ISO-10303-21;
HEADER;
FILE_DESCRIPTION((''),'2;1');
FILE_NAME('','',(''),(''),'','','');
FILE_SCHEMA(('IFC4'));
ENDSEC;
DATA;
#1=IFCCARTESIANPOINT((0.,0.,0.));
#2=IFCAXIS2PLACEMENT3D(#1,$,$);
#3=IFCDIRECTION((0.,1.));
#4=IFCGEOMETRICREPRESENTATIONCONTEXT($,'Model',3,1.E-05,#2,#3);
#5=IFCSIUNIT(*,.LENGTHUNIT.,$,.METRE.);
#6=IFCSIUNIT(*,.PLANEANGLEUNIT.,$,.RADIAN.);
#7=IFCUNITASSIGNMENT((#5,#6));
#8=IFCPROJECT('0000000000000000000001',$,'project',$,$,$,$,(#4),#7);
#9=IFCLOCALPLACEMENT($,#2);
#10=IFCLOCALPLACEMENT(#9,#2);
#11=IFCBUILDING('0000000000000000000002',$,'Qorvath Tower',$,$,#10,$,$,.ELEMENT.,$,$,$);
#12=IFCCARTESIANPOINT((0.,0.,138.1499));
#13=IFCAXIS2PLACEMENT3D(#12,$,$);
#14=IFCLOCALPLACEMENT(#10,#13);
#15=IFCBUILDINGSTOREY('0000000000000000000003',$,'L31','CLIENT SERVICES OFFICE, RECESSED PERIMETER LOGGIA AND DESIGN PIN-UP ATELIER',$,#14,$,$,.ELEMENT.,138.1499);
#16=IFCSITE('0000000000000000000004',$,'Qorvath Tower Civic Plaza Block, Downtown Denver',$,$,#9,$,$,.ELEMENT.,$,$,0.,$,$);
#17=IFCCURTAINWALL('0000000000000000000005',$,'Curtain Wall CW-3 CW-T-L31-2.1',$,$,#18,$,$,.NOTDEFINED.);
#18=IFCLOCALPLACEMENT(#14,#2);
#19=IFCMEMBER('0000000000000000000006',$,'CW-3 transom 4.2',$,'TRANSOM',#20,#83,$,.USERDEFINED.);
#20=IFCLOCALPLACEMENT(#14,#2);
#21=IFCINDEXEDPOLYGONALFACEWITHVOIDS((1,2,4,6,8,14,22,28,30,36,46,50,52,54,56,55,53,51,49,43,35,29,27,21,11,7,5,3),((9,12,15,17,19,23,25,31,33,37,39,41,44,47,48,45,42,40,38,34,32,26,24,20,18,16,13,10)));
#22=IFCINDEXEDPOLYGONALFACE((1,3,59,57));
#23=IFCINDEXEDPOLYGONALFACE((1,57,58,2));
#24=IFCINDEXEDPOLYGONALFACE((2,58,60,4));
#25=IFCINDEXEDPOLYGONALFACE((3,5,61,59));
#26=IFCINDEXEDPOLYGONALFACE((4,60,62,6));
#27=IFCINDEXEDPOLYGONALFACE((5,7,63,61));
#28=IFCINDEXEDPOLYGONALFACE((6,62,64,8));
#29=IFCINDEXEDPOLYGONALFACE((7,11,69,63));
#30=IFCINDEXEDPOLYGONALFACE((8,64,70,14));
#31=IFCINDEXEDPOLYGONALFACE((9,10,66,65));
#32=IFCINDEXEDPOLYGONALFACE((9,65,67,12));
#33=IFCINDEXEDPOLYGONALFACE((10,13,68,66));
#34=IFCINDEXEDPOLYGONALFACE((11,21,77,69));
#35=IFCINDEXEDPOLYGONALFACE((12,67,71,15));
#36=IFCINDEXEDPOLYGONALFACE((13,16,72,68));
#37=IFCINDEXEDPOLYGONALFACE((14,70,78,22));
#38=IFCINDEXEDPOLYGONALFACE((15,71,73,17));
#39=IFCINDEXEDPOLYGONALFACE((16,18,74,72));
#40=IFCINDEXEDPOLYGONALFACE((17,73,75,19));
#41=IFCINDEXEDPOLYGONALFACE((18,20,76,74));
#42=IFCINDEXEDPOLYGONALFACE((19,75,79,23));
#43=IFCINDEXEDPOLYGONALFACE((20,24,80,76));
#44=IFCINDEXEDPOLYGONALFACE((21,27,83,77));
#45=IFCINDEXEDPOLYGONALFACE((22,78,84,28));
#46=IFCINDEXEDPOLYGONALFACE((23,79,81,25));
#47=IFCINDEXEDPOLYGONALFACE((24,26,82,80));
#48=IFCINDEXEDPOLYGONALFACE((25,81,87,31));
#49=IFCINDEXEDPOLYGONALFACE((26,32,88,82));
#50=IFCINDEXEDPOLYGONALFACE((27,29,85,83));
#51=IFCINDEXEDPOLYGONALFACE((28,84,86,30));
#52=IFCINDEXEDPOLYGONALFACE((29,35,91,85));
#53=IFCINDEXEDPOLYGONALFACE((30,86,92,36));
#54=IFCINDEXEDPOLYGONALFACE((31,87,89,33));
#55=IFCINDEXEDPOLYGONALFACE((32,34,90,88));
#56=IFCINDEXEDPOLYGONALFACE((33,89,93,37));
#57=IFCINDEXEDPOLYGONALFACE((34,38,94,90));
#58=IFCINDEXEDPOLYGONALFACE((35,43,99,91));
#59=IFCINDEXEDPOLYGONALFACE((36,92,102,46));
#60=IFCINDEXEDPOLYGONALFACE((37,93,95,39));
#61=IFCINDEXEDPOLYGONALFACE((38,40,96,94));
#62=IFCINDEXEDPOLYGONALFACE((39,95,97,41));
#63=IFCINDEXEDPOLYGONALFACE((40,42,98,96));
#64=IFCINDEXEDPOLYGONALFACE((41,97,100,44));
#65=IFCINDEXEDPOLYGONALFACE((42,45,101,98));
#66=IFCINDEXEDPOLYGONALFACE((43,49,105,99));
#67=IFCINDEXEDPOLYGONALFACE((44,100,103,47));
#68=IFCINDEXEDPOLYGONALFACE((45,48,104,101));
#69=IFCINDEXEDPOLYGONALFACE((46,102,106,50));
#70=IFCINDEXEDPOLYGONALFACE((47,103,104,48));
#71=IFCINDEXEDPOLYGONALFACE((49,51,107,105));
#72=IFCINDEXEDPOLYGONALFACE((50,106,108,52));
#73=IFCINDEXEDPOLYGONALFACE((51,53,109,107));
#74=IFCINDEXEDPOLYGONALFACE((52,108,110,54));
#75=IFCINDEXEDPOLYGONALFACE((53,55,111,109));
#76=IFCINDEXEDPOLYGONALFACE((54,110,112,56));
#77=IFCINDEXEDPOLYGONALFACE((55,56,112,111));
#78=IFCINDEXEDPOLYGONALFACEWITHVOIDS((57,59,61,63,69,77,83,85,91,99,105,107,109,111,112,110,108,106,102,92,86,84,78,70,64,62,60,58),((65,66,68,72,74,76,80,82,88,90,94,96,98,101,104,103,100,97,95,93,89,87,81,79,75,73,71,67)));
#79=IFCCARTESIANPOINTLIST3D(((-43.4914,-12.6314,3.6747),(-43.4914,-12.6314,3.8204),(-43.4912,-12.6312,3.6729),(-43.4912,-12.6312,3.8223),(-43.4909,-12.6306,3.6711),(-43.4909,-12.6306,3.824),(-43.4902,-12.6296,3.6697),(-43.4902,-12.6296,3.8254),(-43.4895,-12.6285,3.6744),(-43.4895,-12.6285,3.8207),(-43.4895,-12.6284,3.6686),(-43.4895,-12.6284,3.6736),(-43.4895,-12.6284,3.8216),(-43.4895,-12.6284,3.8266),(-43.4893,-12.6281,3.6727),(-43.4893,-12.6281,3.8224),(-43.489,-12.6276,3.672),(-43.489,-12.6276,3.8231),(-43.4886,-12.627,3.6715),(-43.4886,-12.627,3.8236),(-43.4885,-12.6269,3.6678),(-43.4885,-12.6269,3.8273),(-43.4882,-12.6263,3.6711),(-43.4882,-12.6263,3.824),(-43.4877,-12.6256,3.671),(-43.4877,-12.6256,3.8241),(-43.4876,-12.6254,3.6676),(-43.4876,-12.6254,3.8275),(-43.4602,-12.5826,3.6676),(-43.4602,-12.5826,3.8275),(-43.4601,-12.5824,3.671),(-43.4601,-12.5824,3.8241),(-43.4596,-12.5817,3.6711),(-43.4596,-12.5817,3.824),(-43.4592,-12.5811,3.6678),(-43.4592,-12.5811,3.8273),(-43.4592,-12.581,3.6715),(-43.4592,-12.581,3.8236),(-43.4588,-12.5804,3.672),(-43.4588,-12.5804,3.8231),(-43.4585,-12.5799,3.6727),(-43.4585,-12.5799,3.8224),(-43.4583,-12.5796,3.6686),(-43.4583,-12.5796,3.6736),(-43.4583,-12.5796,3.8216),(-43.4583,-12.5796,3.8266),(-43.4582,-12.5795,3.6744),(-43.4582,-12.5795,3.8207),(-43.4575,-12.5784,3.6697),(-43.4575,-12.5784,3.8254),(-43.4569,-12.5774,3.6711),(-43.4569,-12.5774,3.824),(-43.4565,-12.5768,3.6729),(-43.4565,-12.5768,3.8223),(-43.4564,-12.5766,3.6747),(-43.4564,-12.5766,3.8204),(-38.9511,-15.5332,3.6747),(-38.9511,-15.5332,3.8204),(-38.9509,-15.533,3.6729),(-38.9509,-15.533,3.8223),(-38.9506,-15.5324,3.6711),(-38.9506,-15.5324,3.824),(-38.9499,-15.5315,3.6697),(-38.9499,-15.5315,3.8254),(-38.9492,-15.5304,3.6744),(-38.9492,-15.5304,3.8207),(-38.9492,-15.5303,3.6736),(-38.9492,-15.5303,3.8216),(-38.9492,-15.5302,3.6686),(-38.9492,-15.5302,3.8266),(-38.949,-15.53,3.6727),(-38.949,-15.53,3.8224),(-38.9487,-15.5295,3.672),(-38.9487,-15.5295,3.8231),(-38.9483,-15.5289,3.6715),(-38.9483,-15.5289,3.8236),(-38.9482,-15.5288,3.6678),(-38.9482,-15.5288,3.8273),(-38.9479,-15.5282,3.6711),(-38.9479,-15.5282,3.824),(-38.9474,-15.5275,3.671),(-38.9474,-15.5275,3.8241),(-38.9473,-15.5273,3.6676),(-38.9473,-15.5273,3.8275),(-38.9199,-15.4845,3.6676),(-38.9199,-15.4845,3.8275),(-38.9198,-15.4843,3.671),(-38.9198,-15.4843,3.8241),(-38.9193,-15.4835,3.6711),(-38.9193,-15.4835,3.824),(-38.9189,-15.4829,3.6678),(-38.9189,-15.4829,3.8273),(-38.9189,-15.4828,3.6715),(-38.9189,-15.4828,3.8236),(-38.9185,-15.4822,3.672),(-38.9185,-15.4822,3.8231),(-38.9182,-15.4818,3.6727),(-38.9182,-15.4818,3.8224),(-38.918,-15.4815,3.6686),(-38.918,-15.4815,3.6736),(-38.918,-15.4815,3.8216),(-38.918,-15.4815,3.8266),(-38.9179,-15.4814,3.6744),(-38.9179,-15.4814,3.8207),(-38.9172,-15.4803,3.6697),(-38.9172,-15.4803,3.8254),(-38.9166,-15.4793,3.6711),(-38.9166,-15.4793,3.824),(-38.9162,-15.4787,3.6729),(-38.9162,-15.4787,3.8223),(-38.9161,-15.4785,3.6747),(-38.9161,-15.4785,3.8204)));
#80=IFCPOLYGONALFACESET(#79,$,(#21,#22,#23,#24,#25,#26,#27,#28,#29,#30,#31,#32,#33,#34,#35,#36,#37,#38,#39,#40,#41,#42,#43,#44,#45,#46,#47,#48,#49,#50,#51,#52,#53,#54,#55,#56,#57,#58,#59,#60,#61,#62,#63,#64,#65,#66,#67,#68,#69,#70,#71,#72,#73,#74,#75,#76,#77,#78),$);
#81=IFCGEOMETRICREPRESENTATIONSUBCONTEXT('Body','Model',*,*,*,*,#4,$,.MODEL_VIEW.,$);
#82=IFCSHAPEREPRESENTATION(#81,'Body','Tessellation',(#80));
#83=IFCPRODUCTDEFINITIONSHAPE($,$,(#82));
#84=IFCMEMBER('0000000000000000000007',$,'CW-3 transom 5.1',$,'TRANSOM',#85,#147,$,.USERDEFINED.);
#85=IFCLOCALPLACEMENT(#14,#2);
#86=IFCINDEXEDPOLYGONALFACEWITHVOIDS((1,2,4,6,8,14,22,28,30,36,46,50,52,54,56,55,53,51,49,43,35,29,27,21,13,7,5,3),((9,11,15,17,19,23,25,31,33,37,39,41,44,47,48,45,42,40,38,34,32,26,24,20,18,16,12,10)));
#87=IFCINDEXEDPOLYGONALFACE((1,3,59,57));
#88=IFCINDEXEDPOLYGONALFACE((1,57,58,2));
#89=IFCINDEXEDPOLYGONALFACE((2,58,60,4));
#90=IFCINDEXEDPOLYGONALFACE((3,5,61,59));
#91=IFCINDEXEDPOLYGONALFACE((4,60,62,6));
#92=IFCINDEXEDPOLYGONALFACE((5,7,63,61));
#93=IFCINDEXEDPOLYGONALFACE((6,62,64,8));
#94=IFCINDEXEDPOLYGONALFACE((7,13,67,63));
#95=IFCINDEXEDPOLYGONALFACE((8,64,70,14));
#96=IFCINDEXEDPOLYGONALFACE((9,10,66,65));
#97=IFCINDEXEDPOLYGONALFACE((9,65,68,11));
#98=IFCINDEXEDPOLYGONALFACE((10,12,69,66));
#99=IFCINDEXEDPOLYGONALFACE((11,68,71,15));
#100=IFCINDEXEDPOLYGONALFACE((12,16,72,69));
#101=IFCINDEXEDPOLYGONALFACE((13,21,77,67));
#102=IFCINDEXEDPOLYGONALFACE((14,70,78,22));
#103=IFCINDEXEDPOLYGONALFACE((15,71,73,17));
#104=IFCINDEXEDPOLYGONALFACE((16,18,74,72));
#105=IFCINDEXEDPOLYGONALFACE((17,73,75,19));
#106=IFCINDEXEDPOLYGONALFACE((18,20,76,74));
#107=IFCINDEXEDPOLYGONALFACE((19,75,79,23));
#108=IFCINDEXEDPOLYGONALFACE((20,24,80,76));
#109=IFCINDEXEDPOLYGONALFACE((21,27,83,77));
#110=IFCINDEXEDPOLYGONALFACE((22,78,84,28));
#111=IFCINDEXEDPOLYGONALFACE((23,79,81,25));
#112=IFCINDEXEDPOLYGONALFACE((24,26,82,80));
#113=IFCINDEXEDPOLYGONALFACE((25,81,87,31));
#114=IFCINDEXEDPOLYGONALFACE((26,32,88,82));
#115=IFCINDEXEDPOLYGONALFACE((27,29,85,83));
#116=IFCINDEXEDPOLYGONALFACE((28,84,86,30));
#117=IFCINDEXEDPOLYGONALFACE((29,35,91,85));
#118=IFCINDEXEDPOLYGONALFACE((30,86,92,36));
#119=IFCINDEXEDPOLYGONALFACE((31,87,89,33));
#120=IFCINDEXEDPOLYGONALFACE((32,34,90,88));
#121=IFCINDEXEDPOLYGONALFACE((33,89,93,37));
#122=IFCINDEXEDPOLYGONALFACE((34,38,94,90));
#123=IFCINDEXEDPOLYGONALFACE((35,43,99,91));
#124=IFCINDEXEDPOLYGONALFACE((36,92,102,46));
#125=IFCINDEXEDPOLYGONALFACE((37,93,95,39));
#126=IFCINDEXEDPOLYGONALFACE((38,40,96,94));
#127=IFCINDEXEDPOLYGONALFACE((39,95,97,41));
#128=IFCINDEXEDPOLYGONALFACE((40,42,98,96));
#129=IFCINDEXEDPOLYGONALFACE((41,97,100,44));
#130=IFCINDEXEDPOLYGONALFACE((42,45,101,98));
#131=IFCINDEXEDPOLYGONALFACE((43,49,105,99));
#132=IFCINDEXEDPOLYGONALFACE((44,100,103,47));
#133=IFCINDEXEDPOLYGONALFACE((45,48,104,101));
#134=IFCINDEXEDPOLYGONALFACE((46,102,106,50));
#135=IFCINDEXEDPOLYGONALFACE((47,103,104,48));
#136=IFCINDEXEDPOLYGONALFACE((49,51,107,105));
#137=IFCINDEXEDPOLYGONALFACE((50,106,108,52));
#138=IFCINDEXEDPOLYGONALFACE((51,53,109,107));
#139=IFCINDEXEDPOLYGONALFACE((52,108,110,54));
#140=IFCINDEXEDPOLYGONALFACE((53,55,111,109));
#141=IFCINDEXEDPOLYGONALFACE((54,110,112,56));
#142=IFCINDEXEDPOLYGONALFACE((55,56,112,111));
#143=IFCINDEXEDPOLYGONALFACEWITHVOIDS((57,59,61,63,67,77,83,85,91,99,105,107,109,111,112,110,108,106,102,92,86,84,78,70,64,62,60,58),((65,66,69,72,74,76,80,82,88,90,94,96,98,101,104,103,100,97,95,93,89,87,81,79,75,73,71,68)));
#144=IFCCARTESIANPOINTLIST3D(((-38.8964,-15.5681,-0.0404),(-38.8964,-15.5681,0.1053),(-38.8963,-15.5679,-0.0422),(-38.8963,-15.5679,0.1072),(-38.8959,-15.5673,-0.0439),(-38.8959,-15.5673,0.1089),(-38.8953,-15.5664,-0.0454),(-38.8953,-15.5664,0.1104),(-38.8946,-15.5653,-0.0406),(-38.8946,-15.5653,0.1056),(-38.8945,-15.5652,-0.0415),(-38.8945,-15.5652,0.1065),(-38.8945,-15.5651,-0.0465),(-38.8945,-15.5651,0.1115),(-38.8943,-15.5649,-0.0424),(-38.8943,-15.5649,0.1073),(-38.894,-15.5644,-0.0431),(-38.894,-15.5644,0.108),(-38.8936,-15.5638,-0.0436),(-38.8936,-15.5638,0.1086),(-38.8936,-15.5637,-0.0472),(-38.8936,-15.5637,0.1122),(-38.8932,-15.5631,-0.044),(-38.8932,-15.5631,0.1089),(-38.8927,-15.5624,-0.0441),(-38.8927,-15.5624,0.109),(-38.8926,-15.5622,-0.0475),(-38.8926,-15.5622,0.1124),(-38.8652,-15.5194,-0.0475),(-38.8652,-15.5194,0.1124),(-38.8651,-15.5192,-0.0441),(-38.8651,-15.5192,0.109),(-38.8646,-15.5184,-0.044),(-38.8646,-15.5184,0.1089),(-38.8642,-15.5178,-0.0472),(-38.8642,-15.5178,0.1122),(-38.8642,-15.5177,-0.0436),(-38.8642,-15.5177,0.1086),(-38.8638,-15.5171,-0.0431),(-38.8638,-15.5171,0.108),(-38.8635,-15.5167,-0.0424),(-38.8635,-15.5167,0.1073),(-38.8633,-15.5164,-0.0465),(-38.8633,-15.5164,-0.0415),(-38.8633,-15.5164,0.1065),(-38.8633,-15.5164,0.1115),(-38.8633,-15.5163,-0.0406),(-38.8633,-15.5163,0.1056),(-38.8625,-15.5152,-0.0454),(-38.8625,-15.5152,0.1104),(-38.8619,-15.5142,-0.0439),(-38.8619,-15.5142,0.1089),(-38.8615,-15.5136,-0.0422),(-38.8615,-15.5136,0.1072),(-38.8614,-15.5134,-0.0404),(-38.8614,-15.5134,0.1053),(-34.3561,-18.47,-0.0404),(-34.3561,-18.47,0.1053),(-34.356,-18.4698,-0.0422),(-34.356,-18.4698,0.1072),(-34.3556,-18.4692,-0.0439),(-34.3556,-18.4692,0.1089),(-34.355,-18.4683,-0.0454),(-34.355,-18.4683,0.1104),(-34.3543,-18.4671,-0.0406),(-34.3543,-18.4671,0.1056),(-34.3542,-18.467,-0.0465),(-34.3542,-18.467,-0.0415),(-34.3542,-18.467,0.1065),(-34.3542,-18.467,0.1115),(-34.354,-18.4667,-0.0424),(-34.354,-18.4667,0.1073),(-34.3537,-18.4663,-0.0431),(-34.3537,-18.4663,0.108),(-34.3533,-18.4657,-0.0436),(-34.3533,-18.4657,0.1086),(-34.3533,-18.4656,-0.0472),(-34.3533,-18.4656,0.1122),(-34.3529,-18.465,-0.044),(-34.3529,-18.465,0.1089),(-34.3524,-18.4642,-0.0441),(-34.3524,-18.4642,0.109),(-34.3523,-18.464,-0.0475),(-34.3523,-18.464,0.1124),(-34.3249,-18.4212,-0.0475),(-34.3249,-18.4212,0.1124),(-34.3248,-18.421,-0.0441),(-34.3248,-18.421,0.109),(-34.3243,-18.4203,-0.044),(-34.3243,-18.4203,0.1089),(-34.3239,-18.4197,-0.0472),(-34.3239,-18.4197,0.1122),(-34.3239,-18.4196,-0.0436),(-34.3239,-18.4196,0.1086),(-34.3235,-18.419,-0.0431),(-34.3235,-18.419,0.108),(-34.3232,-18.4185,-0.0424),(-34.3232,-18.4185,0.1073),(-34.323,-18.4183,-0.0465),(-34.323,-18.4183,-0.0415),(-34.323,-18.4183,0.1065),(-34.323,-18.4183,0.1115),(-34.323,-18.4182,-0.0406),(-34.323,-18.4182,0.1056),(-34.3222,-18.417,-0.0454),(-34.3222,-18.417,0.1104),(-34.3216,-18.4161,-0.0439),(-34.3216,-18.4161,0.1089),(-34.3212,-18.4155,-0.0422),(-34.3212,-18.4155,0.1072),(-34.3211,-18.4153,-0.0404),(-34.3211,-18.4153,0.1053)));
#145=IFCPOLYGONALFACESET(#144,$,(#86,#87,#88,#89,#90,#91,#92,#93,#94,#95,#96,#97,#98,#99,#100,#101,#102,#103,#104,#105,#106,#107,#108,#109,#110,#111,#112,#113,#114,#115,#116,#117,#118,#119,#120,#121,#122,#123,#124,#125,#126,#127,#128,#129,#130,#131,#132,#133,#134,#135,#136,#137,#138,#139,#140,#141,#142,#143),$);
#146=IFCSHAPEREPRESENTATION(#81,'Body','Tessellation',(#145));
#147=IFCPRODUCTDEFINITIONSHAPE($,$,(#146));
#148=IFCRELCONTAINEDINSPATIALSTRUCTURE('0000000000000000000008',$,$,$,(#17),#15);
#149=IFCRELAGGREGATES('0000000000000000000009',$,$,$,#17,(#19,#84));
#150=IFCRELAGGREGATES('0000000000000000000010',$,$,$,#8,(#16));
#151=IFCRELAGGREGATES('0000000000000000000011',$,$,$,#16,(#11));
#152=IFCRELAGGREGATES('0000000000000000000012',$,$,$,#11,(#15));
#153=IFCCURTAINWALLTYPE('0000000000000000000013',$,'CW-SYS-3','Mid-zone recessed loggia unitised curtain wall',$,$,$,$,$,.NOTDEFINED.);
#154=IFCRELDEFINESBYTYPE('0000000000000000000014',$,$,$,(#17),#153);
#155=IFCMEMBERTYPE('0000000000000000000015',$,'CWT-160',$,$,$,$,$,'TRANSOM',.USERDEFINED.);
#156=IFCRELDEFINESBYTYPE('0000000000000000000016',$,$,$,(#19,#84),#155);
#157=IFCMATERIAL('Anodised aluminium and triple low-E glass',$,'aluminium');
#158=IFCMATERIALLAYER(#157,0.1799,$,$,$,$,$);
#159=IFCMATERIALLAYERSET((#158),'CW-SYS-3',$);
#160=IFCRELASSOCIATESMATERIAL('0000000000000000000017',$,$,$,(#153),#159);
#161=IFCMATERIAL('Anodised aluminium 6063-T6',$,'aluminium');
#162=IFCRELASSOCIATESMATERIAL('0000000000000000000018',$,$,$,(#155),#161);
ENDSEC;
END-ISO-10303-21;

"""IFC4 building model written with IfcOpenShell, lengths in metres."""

from ifc_helpers import new_model, si_unit, direction, frame, origin, origin_2d, place, context, subcontext, project, spatial, hollow_rectangle, extrude, material, layer, layer_set, material_profile, profile_set, type_object, element, aggregate, save


model = new_model("IFC4")

# Units and contexts
model_context = context("Model", 3, precision=1e-05, world=origin(), true_north=direction((0.0, 1.0)))
body_context = subcontext(model_context, "Body", "Model", "MODEL_VIEW")
ifc_project = project(units=[si_unit("LENGTHUNIT", "METRE"), si_unit("PLANEANGLEUNIT", "RADIAN")], contexts=[model_context])

# Site, building, storey
site_placement = place(None, origin())
site = spatial("IfcSite", under=ifc_project, at=site_placement, Name="Qorvath Tower Civic Plaza Block, Downtown Denver", CompositionType="ELEMENT", RefElevation=0.0)
building_placement = place(site_placement, origin())
building = spatial("IfcBuilding", under=site, at=building_placement, Name="Qorvath Tower", CompositionType="ELEMENT")
storey_placement = place(building_placement, frame((0.0, 0.0, 138.1499)))
storey = spatial("IfcBuildingStorey", under=building, at=storey_placement, Name="L31", Description="CLIENT SERVICES OFFICE, RECESSED PERIMETER LOGGIA AND DESIGN PIN-UP ATELIER", CompositionType="ELEMENT", Elevation=138.1499)

# Curtain wall, members
ifc_material_1 = material(Name="Anodised aluminium and triple low-E glass", Category="aluminium")
ifc_layer_1 = layer(ifc_material_1, 0.1799)
ifc_layer_set_1 = layer_set([ifc_layer_1], Name="CW-SYS-3")
curtain_wall_type = type_object("IfcCurtainWallType", Name="CW-SYS-3", Description="Mid-zone recessed loggia unitised curtain wall", PredefinedType="NOTDEFINED", material=ifc_layer_set_1)
curtain_wall_placement = place(storey_placement, origin())
curtain_wall = element("IfcCurtainWall", 1, at=curtain_wall_placement, inside=storey, type_object=curtain_wall_type, Name="Curtain Wall CW-3 CW-T-L31-2.1", PredefinedType="NOTDEFINED")
ifc_material_2 = material(Name="Anodised aluminium 6063-T6", Category="aluminium")
ifc_material_profile_1 = material_profile(ifc_material_2, hollow_rectangle(XDim=0.0649, YDim=0.1599, WallThickness=0.0034, InnerFilletRadius=0.0034, OuterFilletRadius=0.0071, at=origin_2d()), Name="CWT 160x65")
ifc_profile_set_1 = profile_set([ifc_material_profile_1], Name="Anodised aluminium 6063-T6")
member_type_1 = type_object("IfcMemberType", Name="CWT-160", ElementType="TRANSOM", PredefinedType="USERDEFINED", material=ifc_profile_set_1)
member_1_placement = place(storey_placement, frame((-43.4739, -12.604, 3.7476), z_axis=(0.842602, -0.538537, 0.0), x_axis=(0.538537, 0.842602, 0.0)))
member_1 = element("IfcMember", 2, at=member_1_placement, type_object=member_type_1, Name="CW-3 transom 4.2", ObjectType="TRANSOM", PredefinedType="USERDEFINED", context=body_context, shape_type="SweptSolid", body=[
    extrude(hollow_rectangle(XDim=0.0649, YDim=0.1599, WallThickness=0.0034, InnerFilletRadius=0.0034, OuterFilletRadius=0.0071, at=origin_2d()), origin(), (0.0, 0.0, 1.0), 5.3884),
])
member_2_placement = place(storey_placement, frame((-38.8789, -15.5408, 0.0325), z_axis=(0.842602, -0.538537, 0.0), x_axis=(0.538537, 0.842602, 0.0)))
member_2 = element("IfcMember", 3, at=member_2_placement, type_object=member_type_1, Name="CW-3 transom 5.1", ObjectType="TRANSOM", PredefinedType="USERDEFINED", context=body_context, shape_type="SweptSolid", body=[
    extrude(hollow_rectangle(XDim=0.0649, YDim=0.1599, WallThickness=0.0034, InnerFilletRadius=0.0034, OuterFilletRadius=0.0071, at=origin_2d()), origin(), (0.0, 0.0, 1.0), 5.3884),
])

aggregate(curtain_wall, [member_1, member_2])

save(model, "model.ifc")
